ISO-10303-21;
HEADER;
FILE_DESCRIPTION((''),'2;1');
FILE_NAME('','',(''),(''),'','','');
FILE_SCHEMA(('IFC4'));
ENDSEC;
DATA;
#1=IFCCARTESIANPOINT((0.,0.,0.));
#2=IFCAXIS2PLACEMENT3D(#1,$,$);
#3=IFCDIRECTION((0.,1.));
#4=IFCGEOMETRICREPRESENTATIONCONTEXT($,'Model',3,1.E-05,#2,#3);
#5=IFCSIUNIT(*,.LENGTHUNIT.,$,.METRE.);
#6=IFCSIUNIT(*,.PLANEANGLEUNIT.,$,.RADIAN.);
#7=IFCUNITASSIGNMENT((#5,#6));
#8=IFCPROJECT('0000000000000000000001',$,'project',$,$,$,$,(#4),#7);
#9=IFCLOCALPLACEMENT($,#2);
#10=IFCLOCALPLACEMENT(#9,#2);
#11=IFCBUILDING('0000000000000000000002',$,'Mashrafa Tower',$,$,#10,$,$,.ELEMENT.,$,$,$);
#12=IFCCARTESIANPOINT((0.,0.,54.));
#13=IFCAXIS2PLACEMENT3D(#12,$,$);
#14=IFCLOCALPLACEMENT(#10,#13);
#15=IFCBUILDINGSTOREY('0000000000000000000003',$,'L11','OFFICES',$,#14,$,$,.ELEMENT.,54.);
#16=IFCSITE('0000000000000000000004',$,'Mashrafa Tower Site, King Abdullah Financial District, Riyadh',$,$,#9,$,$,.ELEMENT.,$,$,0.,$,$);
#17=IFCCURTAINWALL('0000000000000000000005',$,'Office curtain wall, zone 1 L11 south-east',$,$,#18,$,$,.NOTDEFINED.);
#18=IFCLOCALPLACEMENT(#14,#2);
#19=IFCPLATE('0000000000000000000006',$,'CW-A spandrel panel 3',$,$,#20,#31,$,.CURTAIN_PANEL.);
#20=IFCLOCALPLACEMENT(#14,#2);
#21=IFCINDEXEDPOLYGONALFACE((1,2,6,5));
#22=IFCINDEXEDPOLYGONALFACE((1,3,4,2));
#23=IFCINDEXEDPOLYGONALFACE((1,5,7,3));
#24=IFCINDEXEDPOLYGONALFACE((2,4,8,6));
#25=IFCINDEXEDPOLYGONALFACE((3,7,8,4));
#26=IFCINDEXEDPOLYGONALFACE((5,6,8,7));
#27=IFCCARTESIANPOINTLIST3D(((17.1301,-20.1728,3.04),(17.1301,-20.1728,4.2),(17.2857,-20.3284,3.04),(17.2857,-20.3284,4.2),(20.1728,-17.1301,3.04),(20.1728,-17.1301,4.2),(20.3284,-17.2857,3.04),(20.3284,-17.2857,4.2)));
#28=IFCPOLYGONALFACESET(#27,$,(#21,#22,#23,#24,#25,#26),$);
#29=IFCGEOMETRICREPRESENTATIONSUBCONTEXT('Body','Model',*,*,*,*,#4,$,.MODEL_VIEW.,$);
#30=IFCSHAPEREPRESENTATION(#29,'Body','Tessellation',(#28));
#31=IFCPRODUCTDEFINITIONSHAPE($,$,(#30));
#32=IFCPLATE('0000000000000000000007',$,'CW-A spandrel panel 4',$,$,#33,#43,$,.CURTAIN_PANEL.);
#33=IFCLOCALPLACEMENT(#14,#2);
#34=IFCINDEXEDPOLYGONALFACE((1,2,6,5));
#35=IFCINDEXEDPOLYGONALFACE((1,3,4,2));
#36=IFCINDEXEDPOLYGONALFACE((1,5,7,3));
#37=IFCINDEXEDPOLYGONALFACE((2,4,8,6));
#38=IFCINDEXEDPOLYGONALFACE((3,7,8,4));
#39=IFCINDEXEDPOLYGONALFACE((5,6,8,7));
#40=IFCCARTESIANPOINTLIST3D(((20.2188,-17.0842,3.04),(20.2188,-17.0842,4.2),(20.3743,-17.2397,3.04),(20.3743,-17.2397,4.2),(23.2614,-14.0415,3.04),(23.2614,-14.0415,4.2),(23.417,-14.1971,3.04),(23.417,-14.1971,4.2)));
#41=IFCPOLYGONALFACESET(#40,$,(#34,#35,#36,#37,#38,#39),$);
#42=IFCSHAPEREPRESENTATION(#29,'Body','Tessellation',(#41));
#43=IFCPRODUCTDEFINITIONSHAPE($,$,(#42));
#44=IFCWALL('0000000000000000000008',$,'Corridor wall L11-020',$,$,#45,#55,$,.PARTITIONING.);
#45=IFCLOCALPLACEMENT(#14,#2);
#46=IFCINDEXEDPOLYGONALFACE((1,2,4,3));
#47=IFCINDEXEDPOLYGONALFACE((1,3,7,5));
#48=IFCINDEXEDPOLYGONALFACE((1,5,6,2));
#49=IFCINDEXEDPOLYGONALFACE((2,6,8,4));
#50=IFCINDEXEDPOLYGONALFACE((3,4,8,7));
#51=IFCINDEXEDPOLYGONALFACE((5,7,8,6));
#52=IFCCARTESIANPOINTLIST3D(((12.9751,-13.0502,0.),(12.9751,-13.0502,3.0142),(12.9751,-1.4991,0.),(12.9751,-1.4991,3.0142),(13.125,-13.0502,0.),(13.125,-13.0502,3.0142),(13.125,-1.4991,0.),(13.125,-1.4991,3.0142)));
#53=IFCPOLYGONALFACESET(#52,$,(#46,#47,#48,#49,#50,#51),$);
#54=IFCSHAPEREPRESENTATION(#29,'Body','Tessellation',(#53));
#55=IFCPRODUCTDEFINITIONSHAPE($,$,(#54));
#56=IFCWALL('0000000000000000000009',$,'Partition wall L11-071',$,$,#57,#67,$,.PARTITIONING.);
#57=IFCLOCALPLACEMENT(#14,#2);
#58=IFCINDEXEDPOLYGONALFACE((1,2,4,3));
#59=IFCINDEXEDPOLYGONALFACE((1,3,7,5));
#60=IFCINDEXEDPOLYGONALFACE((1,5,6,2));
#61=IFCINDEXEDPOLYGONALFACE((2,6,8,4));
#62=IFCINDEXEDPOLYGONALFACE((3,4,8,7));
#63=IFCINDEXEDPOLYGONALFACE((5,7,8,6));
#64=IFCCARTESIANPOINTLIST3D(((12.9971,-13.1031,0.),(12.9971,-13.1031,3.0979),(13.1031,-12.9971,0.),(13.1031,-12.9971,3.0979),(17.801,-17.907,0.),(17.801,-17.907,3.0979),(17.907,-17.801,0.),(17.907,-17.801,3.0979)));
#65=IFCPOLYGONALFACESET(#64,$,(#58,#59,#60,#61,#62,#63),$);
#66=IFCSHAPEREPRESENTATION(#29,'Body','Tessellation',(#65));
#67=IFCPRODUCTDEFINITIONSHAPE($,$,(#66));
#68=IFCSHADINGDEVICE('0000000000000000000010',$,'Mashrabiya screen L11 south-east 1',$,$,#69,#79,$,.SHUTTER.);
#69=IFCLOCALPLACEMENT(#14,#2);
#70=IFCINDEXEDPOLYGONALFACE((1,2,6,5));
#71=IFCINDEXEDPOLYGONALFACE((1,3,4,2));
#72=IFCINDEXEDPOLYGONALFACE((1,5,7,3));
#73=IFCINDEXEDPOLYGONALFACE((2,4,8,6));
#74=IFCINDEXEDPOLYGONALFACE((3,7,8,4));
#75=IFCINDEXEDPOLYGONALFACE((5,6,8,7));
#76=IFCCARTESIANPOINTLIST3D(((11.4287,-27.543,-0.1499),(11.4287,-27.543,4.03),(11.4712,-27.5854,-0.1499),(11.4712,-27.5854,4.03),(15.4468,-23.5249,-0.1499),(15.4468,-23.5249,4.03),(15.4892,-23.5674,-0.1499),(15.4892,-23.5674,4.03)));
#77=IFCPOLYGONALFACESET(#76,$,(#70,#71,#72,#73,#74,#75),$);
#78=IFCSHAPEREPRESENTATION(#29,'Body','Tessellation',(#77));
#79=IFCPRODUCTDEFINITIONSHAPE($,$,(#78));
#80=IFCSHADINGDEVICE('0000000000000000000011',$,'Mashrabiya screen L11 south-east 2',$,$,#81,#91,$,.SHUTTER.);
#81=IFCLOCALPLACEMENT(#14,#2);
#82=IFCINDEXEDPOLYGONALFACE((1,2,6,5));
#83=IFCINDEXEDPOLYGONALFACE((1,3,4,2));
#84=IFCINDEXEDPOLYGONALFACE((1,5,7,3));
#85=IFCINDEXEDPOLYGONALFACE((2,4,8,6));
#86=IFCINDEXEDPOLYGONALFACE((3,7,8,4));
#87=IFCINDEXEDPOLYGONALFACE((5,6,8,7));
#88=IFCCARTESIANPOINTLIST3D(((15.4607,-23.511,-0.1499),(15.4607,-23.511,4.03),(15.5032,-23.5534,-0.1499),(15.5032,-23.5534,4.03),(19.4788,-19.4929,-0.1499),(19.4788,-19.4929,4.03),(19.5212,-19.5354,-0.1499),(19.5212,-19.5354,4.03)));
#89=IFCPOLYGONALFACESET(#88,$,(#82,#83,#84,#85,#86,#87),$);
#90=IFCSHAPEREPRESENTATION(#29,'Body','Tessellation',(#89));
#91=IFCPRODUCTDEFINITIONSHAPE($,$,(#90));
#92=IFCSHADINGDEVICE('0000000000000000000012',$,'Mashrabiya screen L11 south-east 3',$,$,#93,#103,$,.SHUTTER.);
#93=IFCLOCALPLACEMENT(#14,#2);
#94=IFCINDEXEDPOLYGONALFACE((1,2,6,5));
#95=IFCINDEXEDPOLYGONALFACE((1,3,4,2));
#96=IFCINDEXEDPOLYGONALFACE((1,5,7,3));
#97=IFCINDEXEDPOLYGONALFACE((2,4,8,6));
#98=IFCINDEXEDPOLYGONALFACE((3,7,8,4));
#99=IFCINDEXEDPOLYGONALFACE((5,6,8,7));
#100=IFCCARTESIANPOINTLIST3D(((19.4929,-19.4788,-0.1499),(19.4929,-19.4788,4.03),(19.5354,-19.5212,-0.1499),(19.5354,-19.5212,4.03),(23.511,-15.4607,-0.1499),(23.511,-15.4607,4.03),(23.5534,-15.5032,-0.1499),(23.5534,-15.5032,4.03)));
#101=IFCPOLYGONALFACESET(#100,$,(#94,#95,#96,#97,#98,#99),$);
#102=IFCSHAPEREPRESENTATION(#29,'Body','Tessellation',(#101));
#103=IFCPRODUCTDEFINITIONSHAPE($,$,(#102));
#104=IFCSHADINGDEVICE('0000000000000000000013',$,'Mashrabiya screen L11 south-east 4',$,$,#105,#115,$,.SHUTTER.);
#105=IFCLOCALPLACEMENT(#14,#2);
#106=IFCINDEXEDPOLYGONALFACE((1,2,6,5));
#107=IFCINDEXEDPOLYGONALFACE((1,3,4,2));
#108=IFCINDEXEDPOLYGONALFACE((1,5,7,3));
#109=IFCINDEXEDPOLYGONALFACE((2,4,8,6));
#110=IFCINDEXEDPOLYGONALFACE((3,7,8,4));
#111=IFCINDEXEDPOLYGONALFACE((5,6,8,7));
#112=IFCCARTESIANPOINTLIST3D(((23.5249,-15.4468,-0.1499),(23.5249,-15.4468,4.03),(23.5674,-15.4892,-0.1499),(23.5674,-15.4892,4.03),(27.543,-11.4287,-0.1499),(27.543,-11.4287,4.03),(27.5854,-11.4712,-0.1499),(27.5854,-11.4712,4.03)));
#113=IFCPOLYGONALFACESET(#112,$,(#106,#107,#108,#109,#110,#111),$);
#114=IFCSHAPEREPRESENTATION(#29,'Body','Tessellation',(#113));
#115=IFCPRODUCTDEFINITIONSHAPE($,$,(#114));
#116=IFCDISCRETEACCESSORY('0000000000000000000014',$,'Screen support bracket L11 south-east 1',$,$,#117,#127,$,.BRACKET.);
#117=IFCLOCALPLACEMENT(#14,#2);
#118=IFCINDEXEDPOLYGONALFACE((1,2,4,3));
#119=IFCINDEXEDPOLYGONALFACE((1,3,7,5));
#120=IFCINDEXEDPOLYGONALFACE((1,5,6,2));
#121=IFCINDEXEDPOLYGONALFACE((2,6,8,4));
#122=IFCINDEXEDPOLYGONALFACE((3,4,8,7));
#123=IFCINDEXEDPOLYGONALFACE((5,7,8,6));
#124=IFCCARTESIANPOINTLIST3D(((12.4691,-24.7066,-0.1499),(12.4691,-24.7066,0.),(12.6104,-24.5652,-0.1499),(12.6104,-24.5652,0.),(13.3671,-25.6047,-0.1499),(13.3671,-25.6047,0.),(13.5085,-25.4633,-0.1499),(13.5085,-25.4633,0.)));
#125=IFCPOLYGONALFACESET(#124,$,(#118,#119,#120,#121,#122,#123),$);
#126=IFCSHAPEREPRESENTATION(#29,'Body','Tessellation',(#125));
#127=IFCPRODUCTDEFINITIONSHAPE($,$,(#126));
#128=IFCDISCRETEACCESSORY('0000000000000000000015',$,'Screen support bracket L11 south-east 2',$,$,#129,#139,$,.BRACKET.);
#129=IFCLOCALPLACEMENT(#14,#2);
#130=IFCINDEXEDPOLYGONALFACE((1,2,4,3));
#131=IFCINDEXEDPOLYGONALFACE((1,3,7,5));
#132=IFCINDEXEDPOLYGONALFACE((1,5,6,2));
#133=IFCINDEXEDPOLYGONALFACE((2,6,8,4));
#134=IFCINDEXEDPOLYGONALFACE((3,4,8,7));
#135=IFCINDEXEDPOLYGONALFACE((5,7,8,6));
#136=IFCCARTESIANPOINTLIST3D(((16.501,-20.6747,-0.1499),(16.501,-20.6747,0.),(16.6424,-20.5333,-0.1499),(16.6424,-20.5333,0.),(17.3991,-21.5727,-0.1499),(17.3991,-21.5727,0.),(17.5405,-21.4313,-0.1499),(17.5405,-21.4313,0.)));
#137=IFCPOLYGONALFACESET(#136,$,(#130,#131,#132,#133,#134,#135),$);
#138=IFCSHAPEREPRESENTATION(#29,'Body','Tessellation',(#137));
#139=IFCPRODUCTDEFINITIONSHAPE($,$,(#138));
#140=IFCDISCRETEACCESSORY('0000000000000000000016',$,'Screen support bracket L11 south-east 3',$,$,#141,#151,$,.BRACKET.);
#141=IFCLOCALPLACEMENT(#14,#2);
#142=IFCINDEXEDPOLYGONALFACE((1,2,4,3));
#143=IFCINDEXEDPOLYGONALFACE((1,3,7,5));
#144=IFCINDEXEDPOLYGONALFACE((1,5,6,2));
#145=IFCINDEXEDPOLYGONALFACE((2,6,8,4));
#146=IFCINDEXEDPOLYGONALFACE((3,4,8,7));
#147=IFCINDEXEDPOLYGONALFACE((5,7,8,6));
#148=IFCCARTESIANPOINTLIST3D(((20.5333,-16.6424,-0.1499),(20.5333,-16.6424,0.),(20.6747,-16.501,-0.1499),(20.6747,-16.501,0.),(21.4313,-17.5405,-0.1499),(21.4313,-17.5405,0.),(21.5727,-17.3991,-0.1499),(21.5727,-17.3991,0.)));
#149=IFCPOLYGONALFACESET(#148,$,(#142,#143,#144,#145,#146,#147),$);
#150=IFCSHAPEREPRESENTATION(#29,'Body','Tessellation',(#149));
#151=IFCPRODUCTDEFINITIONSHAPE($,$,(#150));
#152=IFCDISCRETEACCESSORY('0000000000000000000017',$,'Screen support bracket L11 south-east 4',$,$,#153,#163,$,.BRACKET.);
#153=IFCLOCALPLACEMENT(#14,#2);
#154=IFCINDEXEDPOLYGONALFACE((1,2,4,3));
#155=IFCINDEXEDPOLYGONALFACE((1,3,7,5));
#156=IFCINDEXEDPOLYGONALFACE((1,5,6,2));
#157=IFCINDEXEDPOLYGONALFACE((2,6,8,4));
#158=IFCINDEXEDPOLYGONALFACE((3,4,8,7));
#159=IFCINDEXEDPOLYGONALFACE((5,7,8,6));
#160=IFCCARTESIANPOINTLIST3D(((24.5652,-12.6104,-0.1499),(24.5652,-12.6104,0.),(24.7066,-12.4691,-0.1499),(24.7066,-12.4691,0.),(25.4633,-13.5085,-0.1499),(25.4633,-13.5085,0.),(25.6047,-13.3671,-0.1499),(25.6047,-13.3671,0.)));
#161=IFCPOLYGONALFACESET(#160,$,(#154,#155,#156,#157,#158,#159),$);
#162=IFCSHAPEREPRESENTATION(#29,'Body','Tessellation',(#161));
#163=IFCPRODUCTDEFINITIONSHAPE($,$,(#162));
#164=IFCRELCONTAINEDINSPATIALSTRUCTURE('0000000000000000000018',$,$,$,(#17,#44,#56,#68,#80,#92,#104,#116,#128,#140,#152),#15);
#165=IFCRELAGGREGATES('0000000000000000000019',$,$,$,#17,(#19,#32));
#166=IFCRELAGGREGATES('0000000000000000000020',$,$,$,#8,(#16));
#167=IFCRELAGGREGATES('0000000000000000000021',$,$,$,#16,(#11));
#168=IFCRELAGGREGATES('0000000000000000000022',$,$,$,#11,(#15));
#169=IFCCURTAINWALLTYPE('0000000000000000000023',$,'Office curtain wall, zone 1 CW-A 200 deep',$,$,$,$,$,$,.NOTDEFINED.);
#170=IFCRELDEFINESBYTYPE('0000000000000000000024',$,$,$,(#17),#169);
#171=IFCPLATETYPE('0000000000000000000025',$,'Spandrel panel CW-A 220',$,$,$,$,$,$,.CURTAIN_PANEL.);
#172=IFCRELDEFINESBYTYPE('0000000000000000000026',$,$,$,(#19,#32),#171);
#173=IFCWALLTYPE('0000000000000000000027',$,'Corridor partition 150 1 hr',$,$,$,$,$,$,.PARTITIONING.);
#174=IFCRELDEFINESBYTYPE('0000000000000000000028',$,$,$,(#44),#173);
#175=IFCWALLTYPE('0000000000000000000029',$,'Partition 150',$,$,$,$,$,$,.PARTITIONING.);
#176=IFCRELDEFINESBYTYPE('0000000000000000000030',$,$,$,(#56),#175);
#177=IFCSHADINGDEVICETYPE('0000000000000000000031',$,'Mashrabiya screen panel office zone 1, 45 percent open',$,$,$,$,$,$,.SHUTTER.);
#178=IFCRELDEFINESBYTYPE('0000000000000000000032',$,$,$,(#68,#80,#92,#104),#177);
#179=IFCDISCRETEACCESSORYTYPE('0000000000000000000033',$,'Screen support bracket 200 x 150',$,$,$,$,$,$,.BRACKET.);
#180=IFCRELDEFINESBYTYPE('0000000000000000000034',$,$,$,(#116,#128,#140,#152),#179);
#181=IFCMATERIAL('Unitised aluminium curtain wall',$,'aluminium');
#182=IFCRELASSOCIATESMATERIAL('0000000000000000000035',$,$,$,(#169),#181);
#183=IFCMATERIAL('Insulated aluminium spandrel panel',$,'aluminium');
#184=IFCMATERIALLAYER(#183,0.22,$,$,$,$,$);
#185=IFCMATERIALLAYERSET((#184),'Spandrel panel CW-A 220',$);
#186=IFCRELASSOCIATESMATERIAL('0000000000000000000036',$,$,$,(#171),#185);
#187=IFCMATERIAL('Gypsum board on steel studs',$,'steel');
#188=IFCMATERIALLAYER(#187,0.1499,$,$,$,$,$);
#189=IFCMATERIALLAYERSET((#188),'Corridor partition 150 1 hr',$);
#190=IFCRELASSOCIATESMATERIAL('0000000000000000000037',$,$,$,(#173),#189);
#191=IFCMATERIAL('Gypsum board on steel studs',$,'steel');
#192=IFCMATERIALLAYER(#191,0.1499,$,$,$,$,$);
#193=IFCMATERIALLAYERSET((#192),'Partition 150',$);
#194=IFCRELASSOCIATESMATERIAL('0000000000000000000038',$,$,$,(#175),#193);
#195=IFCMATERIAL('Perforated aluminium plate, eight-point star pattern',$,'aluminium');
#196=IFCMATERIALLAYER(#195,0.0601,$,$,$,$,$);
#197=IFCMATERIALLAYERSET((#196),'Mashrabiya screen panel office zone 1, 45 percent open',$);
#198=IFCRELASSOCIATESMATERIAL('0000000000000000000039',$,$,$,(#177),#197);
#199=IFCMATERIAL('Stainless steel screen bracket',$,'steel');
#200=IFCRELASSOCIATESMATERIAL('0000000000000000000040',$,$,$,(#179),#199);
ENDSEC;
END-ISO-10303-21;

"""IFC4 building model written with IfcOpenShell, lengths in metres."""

from ifc_helpers import new_model, si_unit, direction, frame, frame_2d, origin, origin_2d, place, context, subcontext, project, spatial, rectangle, extrude, source, transform, mapped, material, layer, layer_set, type_object, type_shapes, element, aggregate, save


model = new_model("IFC4")

# Units and contexts
model_context = context("Model", 3, precision=1e-05, world=origin(), true_north=direction((0.0, 1.0)))
body_context = subcontext(model_context, "Body", "Model", "MODEL_VIEW")
ifc_project = project(units=[si_unit("LENGTHUNIT", "METRE"), si_unit("PLANEANGLEUNIT", "RADIAN")], contexts=[model_context])

# Site, building, storey
site_placement = place(None, origin())
site = spatial("IfcSite", under=ifc_project, at=site_placement, Name="Mashrafa Tower Site, King Abdullah Financial District, Riyadh", CompositionType="ELEMENT", RefElevation=0.0)
building_placement = place(site_placement, origin())
building = spatial("IfcBuilding", under=site, at=building_placement, Name="Mashrafa Tower", CompositionType="ELEMENT")
storey_placement = place(building_placement, frame((0.0, 0.0, 54.0)))
storey = spatial("IfcBuildingStorey", under=building, at=storey_placement, Name="L11", Description="OFFICES", CompositionType="ELEMENT", Elevation=54.0)

# Curtain wall, plates
ifc_material_1 = material(Name="Unitised aluminium curtain wall", Category="aluminium")
curtain_wall_type = type_object("IfcCurtainWallType", Name="Office curtain wall, zone 1 CW-A 200 deep", PredefinedType="NOTDEFINED", material=ifc_material_1)
curtain_wall_placement = place(storey_placement, origin())
curtain_wall = element("IfcCurtainWall", 1, at=curtain_wall_placement, inside=storey, type_object=curtain_wall_type, Name="Office curtain wall, zone 1 L11 south-east", PredefinedType="NOTDEFINED")
ifc_material_2 = material(Name="Insulated aluminium spandrel panel", Category="aluminium")
ifc_layer_1 = layer(ifc_material_2, 0.22)
ifc_layer_set_1 = layer_set([ifc_layer_1], Name="Spandrel panel CW-A 220")
plate_type_1 = type_object("IfcPlateType", Name="Spandrel panel CW-A 220", PredefinedType="CURTAIN_PANEL", material=ifc_layer_set_1)
shared_shape_1 = source(origin(), body_context, "Body", "SweptSolid", [
    extrude(rectangle(XDim=4.303, YDim=0.22, at=origin_2d()), origin(), (0.0, 0.0, 1.0), 1.1599),
])
plate_1_placement = place(storey_placement, frame((18.7292, -18.7292, 3.04), z_axis=(0.0, 0.0, 1.0), x_axis=(0.707107, 0.707107, 0.0)))
plate_1 = element("IfcPlate", 2, at=plate_1_placement, type_object=plate_type_1, Name="CW-A spandrel panel 3", PredefinedType="CURTAIN_PANEL", context=body_context, shape_type="MappedRepresentation", body=[
    mapped(shared_shape_1, transform((0.0, 0.0, 0.0))),
])
plate_2_placement = place(storey_placement, frame((21.8179, -15.6406, 3.04), z_axis=(0.0, 0.0, 1.0), x_axis=(0.707107, 0.707107, 0.0)))
plate_2 = element("IfcPlate", 3, at=plate_2_placement, type_object=plate_type_1, Name="CW-A spandrel panel 4", PredefinedType="CURTAIN_PANEL", context=body_context, shape_type="MappedRepresentation", body=[
    mapped(shared_shape_1, transform((0.0, 0.0, 0.0))),
])
aggregate(curtain_wall, [plate_1, plate_2])

# Walls
ifc_material_3 = material(Name="Gypsum board on steel studs", Category="steel")
ifc_layer_2 = layer(ifc_material_3, 0.1499)
ifc_layer_set_2 = layer_set([ifc_layer_2], Name="Corridor partition 150 1 hr")
wall_type_1 = type_object("IfcWallType", Name="Corridor partition 150 1 hr", PredefinedType="PARTITIONING", material=ifc_layer_set_2)
wall_1_placement = place(storey_placement, frame((13.05, -13.05, 0.0), z_axis=(0.0, 0.0, 1.0), x_axis=(0.0, 1.0, 0.0)))
element("IfcWall", 4, at=wall_1_placement, inside=storey, type_object=wall_type_1, Name="Corridor wall L11-020", PredefinedType="PARTITIONING", context=body_context, shape_type="SweptSolid", body=[
    extrude(rectangle(XDim=11.551, YDim=0.1499, at=frame_2d((5.7754, 0.0))), origin(), (0.0, 0.0, 1.0), 3.0142),
])
ifc_material_4 = material(Name="Gypsum board on steel studs", Category="steel")
ifc_layer_3 = layer(ifc_material_4, 0.1499)
ifc_layer_set_3 = layer_set([ifc_layer_3], Name="Partition 150")
wall_type_2 = type_object("IfcWallType", Name="Partition 150", PredefinedType="PARTITIONING", material=ifc_layer_set_3)
wall_2_placement = place(storey_placement, frame((13.05, -13.05, 0.0), z_axis=(0.0, 0.0, 1.0), x_axis=(0.707107, -0.707107, 0.0)))
element("IfcWall", 5, at=wall_2_placement, inside=storey, type_object=wall_type_2, Name="Partition wall L11-071", PredefinedType="PARTITIONING", context=body_context, shape_type="SweptSolid", body=[
    extrude(rectangle(XDim=6.7937, YDim=0.1499, at=frame_2d((3.397, 0.0))), origin(), (0.0, 0.0, 1.0), 3.0979),
])

# Shading devices
ifc_material_5 = material(Name="Perforated aluminium plate, eight-point star pattern", Category="aluminium")
ifc_layer_4 = layer(ifc_material_5, 0.0601)
ifc_layer_set_4 = layer_set([ifc_layer_4], Name="Mashrabiya screen panel office zone 1, 45 percent open")
shading_device_type = type_object("IfcShadingDeviceType", Name="Mashrabiya screen panel office zone 1, 45 percent open", PredefinedType="SHUTTER", material=ifc_layer_set_4)
shared_shape_2 = source(origin(), body_context, "Body", "SweptSolid", [
    extrude(rectangle(XDim=5.6824, YDim=0.0601, at=origin_2d()), origin(), (0.0, 0.0, 1.0), 4.1799),
])
type_shapes(shading_device_type, [shared_shape_2])
for number, where, z_axis, x_axis, name in (
    (6, (13.459, -25.5552, -0.1499), (0.0, 0.0, 1.0), (0.707107, 0.707107, 0.0), "Mashrabiya screen L11 south-east 1"),
    (7, (17.491, -21.5232, -0.1499), (0.0, 0.0, 1.0), (0.707107, 0.707107, 0.0), "Mashrabiya screen L11 south-east 2"),
    (8, (21.5232, -17.491, -0.1499), (0.0, 0.0, 1.0), (0.707107, 0.707107, 0.0), "Mashrabiya screen L11 south-east 3"),
    (9, (25.5552, -13.459, -0.1499), (0.0, 0.0, 1.0), (0.707107, 0.707107, 0.0), "Mashrabiya screen L11 south-east 4"),
):
    element("IfcShadingDevice", number, at=place(storey_placement, frame(where, z_axis=z_axis, x_axis=x_axis)), inside=storey, type_object=shading_device_type, Name=name, PredefinedType="SHUTTER", context=body_context, shape_type="MappedRepresentation", body=[
        mapped(shared_shape_2, transform((0.0, 0.0, 0.0))),
    ])

# Discrete accessories
ifc_material_6 = material(Name="Stainless steel screen bracket", Category="steel")
discrete_accessory_type = type_object("IfcDiscreteAccessoryType", Name="Screen support bracket 200 x 150", PredefinedType="BRACKET", material=ifc_material_6)
shared_shape_3 = source(origin(), body_context, "Body", "SweptSolid", [
    extrude(rectangle(XDim=0.2, YDim=1.27, at=origin_2d()), origin(), (0.0, 0.0, 1.0), 0.1499),
])
type_shapes(discrete_accessory_type, [shared_shape_3])
for number, where, z_axis, x_axis, name in (
    (10, (12.9888, -25.085, -0.1499), (0.0, 0.0, 1.0), (0.707107, 0.707107, 0.0), "Screen support bracket L11 south-east 1"),
    (11, (17.0208, -21.053, -0.1499), (0.0, 0.0, 1.0), (0.707107, 0.707107, 0.0), "Screen support bracket L11 south-east 2"),
    (12, (21.053, -17.0208, -0.1499), (0.0, 0.0, 1.0), (0.707107, 0.707107, 0.0), "Screen support bracket L11 south-east 3"),
    (13, (25.085, -12.9888, -0.1499), (0.0, 0.0, 1.0), (0.707107, 0.707107, 0.0), "Screen support bracket L11 south-east 4"),
):
    element("IfcDiscreteAccessory", number, at=place(storey_placement, frame(where, z_axis=z_axis, x_axis=x_axis)), inside=storey, type_object=discrete_accessory_type, Name=name, PredefinedType="BRACKET", context=body_context, shape_type="MappedRepresentation", body=[
        mapped(shared_shape_3, transform((0.0, 0.0, 0.0))),
    ])

save(model, "model.ifc")
